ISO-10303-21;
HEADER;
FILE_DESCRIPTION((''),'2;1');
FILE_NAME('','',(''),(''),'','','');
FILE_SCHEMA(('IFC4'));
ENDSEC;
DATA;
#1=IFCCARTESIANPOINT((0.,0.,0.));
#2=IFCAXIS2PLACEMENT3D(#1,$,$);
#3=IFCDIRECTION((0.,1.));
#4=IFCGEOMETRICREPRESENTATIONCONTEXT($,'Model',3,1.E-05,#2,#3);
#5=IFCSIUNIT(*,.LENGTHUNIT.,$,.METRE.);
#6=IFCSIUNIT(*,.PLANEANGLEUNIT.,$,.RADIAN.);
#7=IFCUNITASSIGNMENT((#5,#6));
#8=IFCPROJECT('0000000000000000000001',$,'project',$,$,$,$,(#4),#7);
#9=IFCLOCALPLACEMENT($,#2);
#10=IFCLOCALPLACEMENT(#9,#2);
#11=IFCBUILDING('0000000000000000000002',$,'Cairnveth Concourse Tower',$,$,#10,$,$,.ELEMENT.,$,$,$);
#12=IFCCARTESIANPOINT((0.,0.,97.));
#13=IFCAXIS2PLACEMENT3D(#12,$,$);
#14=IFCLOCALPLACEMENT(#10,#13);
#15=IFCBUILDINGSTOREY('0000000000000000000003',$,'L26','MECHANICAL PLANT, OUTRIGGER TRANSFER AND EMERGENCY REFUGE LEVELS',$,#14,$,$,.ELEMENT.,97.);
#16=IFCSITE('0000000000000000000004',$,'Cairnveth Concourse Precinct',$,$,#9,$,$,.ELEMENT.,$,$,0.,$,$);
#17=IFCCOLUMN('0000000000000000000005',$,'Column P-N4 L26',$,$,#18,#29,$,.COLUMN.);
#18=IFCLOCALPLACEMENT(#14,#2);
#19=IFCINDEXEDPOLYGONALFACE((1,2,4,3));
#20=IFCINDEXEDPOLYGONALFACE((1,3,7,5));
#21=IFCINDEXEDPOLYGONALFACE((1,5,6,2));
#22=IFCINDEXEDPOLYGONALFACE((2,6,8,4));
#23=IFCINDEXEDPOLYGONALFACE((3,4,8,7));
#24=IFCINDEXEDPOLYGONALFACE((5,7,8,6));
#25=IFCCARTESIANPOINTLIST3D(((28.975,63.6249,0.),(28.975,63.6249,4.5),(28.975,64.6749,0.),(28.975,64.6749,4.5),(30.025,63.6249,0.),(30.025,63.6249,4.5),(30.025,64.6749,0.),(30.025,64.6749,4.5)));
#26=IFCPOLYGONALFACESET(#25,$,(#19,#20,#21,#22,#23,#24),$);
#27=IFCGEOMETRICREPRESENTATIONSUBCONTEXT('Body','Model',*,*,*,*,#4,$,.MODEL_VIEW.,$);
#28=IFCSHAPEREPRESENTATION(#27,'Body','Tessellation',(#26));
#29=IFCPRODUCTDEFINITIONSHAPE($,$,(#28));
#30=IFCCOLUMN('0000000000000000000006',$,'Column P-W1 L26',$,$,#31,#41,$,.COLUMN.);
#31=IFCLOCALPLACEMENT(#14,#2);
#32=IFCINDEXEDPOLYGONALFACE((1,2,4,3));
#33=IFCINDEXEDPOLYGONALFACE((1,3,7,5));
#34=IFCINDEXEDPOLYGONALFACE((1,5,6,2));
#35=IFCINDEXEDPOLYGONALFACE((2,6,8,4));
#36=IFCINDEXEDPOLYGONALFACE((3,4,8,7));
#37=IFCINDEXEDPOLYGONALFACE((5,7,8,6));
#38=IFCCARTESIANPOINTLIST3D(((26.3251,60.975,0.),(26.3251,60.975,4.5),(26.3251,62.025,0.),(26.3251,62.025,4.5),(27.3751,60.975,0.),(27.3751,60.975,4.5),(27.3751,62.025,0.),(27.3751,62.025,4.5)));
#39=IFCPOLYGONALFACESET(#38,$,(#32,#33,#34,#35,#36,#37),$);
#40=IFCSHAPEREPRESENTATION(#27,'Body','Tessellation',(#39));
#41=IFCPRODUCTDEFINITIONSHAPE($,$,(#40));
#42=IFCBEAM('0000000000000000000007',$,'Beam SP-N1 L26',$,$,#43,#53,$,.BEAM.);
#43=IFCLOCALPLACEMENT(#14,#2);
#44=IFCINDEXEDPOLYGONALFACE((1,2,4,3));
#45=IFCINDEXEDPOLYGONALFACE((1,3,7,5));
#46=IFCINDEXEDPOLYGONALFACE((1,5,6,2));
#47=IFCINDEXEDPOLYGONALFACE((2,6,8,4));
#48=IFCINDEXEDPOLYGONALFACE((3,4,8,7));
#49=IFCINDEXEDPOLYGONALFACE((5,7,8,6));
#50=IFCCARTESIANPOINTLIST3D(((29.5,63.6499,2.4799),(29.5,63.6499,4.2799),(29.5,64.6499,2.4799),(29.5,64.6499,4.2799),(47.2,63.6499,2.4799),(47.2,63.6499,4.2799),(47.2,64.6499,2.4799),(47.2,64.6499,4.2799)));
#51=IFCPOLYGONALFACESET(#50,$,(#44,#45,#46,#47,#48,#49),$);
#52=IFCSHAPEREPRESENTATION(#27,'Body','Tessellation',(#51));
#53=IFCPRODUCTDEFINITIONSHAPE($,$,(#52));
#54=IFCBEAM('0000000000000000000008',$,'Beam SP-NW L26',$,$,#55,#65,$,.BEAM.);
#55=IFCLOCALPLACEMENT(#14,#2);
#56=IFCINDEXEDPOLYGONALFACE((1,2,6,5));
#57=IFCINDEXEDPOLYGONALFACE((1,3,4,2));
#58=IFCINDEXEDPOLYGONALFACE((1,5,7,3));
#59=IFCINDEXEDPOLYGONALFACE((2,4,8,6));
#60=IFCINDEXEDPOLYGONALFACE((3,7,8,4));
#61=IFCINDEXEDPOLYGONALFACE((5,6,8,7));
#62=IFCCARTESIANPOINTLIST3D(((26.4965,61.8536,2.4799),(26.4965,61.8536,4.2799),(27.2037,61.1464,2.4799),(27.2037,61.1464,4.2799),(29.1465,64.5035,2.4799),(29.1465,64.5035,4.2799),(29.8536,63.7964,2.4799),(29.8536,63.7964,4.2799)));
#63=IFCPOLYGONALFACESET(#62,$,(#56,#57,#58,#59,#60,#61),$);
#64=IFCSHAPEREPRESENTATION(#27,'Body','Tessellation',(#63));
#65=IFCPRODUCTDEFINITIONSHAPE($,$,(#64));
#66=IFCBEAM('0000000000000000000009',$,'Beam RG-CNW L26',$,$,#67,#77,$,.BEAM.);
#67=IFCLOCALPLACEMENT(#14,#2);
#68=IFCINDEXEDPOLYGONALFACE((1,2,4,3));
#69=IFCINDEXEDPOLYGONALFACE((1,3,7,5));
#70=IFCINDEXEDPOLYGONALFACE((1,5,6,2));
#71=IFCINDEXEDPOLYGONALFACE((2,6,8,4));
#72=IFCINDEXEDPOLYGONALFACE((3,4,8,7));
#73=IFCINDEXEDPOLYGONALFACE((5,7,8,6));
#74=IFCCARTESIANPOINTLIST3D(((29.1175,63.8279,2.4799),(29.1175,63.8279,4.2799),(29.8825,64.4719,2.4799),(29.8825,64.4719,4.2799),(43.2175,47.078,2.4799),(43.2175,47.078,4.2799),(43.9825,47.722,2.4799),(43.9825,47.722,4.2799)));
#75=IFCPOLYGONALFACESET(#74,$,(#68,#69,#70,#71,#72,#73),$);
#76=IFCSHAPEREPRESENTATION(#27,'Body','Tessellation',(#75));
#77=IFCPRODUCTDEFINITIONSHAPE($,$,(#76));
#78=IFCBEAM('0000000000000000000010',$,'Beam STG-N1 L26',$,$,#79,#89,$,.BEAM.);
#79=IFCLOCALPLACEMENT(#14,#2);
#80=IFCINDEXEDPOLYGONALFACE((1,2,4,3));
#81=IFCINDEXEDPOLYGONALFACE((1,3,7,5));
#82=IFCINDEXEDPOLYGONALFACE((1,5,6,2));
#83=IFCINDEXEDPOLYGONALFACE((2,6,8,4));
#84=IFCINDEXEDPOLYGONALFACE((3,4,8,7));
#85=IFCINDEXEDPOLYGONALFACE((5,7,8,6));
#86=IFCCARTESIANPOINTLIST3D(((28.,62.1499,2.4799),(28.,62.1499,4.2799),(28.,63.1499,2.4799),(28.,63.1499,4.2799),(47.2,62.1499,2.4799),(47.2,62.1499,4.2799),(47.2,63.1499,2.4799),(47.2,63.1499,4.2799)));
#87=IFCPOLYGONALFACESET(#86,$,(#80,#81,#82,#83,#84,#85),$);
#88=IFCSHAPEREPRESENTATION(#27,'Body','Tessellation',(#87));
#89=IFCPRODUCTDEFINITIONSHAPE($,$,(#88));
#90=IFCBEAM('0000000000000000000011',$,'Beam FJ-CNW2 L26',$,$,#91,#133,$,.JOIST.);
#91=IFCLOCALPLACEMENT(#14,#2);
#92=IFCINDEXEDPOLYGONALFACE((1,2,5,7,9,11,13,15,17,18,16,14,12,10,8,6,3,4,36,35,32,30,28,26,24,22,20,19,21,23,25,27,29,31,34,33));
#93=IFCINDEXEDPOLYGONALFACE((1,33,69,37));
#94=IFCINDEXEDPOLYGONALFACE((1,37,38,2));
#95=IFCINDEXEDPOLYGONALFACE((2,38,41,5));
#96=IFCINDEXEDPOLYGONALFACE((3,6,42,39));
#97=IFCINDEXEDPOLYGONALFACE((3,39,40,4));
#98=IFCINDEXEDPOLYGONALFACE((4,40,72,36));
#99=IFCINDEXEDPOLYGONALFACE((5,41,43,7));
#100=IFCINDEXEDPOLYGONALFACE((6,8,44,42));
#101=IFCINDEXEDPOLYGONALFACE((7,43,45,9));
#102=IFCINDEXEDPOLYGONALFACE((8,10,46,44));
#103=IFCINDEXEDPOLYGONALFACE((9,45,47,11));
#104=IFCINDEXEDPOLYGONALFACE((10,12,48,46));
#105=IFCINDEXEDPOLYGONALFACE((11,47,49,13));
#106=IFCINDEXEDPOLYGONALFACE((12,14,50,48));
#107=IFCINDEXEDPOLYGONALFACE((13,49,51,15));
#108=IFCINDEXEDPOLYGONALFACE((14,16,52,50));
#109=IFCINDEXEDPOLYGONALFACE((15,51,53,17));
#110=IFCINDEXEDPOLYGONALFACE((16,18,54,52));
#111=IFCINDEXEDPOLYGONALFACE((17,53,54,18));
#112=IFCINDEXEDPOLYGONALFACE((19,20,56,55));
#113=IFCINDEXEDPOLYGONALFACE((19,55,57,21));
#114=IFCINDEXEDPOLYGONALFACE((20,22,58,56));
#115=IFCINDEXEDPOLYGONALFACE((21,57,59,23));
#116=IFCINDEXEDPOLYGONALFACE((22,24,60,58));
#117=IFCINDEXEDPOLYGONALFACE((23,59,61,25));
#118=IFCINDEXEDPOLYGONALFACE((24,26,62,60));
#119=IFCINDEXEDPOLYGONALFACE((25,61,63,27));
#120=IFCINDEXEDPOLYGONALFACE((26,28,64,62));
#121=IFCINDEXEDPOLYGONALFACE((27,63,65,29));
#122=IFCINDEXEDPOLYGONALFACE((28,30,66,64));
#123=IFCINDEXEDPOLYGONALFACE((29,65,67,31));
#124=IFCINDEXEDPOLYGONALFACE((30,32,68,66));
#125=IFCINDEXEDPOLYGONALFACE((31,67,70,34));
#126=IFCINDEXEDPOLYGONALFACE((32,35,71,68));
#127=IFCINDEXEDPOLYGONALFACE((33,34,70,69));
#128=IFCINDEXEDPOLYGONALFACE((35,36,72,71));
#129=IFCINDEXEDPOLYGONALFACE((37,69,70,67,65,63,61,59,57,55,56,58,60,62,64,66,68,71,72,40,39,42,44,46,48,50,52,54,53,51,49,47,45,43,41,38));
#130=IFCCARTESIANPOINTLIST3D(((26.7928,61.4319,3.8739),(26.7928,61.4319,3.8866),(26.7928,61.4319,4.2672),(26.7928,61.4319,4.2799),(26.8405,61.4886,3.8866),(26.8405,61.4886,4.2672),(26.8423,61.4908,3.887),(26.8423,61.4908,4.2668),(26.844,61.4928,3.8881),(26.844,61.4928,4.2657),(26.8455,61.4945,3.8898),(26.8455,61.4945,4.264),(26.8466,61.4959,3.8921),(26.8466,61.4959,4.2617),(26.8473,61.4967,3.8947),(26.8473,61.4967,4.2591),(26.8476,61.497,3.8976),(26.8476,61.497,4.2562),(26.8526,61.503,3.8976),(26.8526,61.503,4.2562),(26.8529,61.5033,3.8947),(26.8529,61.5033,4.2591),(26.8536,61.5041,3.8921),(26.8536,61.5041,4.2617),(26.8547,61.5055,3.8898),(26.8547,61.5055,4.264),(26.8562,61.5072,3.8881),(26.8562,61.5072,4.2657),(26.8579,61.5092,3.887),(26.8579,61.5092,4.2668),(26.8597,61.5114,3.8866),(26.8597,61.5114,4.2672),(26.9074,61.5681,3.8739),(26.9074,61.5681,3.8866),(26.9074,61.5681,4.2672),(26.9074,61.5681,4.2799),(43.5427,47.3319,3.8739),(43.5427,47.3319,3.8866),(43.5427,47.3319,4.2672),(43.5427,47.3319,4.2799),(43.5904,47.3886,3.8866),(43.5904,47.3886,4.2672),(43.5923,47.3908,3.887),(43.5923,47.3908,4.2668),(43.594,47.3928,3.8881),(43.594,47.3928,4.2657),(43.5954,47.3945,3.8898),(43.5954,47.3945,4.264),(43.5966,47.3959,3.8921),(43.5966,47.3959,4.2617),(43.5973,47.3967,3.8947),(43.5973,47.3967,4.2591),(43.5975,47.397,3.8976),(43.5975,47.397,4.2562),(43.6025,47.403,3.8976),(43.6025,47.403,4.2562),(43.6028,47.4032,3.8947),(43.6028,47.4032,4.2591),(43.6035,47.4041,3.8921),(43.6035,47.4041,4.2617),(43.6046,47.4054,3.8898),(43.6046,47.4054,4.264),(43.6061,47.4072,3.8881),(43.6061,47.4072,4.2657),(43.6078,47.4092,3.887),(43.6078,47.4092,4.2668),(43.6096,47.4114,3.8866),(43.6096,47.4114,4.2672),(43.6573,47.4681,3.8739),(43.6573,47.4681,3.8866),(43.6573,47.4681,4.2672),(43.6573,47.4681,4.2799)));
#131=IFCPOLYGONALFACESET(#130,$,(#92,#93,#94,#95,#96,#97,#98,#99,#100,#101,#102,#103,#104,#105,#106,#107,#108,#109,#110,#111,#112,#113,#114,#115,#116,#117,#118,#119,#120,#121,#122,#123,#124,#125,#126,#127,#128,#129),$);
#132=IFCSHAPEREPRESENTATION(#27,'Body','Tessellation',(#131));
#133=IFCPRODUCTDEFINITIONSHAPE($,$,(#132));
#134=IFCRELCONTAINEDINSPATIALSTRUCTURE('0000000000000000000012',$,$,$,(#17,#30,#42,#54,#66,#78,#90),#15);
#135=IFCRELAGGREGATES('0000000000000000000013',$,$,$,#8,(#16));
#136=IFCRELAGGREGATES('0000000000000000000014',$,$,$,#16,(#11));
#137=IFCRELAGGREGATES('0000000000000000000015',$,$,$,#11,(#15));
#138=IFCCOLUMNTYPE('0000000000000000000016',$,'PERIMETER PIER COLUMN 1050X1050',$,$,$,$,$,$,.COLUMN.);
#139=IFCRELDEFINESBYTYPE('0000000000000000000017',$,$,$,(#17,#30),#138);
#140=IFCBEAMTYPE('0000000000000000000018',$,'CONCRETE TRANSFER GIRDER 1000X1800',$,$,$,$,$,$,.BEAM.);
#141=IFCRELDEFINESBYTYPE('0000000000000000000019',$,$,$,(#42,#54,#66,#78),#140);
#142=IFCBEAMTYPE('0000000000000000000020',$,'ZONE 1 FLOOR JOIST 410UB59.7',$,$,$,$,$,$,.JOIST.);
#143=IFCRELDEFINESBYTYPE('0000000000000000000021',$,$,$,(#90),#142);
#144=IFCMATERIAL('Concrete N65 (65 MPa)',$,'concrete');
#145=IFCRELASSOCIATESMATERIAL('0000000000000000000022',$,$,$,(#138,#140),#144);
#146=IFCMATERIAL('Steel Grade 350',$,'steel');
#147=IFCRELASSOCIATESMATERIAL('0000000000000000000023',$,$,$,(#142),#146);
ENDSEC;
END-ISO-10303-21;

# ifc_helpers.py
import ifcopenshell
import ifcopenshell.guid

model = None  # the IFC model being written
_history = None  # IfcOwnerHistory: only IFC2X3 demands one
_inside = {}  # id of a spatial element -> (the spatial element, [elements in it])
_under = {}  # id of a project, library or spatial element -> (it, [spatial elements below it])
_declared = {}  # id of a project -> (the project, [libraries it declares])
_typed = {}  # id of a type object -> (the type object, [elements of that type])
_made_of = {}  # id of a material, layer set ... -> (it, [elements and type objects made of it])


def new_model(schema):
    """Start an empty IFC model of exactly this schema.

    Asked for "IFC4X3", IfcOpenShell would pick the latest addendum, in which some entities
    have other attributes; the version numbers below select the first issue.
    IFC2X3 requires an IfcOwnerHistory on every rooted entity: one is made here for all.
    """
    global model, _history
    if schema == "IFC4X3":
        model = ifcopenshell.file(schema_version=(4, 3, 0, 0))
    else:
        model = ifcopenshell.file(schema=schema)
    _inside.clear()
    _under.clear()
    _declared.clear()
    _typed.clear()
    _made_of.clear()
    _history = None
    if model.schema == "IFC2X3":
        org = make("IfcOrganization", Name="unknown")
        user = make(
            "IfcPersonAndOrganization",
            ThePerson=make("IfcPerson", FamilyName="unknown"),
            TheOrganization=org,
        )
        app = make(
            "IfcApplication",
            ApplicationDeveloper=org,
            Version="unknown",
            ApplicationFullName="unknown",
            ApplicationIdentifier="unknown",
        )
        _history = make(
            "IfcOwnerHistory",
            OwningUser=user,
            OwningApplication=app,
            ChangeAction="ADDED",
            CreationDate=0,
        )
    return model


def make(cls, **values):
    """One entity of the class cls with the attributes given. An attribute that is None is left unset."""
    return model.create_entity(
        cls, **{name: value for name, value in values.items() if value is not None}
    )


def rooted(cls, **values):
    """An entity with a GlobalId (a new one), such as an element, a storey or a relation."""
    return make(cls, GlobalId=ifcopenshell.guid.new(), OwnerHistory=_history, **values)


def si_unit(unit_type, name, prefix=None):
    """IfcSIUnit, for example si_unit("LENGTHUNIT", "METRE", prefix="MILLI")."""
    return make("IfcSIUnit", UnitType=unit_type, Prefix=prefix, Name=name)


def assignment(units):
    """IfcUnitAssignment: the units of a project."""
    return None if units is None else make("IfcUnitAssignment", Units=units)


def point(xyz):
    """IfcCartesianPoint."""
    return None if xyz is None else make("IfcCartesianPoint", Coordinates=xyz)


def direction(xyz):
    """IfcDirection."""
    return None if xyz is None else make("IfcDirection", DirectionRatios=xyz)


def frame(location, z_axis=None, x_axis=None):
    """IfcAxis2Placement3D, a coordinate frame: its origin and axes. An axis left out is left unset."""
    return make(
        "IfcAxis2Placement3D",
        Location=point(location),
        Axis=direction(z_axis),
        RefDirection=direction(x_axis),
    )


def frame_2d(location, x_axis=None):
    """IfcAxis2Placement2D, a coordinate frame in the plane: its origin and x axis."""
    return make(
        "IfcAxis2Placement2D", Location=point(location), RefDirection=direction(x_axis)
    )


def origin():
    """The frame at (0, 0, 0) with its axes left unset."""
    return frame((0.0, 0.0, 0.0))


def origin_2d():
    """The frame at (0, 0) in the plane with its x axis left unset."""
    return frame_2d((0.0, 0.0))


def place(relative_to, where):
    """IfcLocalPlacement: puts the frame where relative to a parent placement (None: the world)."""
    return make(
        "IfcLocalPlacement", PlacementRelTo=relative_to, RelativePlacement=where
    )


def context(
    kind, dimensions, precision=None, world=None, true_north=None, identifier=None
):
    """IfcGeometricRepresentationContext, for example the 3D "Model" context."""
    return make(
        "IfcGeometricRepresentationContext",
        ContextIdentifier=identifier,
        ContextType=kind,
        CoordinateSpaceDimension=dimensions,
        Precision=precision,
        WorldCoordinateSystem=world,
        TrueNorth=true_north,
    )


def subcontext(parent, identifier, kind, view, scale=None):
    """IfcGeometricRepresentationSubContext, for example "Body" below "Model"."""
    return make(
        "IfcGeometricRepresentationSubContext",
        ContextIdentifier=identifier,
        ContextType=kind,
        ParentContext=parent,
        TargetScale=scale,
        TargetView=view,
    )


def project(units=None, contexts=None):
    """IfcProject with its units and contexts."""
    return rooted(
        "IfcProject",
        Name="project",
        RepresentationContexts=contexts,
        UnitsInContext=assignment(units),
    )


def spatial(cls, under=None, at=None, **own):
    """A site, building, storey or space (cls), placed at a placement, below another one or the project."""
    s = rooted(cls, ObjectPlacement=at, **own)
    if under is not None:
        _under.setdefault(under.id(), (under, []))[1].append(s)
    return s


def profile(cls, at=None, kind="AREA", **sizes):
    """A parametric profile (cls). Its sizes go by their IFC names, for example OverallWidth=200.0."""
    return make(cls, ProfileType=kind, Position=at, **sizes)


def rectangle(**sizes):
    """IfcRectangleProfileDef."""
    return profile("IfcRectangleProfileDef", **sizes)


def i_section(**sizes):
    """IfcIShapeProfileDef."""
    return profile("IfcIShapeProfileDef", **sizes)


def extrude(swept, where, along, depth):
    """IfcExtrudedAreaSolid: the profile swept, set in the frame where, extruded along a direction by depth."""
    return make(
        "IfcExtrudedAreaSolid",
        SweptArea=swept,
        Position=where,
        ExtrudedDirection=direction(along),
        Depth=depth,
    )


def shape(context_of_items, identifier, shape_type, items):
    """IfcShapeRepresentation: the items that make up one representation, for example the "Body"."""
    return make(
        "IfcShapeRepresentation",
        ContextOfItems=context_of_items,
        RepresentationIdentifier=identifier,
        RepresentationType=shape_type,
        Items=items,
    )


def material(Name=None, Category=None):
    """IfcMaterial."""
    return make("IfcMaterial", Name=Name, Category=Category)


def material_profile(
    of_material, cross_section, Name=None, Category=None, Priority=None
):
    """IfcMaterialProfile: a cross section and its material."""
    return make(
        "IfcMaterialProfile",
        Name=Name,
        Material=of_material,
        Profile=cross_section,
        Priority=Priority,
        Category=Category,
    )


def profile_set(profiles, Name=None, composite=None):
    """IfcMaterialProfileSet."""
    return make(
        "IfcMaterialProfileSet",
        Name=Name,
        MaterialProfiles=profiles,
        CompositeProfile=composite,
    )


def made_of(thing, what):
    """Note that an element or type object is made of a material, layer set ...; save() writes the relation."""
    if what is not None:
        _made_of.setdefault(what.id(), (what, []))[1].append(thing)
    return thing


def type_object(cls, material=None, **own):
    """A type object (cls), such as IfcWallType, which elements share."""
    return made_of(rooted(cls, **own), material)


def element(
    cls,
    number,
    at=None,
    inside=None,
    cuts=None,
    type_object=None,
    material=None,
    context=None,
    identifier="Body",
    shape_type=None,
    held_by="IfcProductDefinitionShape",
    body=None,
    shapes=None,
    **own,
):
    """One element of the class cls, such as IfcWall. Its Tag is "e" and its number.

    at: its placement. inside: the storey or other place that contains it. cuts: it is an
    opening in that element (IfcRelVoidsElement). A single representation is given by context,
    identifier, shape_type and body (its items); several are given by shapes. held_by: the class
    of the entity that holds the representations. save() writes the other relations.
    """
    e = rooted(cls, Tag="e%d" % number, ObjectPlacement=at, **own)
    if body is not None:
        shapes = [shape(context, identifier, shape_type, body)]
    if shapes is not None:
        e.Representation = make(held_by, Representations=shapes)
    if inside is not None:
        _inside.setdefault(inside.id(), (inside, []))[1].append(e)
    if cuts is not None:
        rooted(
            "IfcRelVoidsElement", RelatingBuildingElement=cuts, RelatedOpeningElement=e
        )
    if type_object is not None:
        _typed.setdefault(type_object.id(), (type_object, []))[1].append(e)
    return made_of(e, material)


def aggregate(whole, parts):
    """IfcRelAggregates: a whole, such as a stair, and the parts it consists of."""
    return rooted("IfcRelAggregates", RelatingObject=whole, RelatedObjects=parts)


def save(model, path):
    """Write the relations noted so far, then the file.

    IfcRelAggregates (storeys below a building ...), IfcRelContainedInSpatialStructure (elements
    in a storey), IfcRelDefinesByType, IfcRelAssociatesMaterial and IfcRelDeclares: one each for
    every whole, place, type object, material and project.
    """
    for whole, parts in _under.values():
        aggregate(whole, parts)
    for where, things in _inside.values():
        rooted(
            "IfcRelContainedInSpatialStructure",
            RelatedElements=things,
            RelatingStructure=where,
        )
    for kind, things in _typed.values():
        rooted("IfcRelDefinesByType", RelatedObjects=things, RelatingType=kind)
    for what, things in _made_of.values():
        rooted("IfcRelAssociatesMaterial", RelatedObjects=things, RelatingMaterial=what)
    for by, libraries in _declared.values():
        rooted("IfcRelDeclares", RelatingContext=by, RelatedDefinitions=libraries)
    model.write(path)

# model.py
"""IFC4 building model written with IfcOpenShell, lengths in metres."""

from ifc_helpers import new_model, si_unit, direction, frame, origin, origin_2d, place, context, subcontext, project, spatial, rectangle, i_section, extrude, material, material_profile, profile_set, type_object, element, save


model = new_model("IFC4")

# Units and contexts
model_context = context("Model", 3, precision=1e-05, world=origin(), true_north=direction((0.0, 1.0)))
body_context = subcontext(model_context, "Body", "Model", "MODEL_VIEW")
ifc_project = project(units=[si_unit("LENGTHUNIT", "METRE"), si_unit("PLANEANGLEUNIT", "RADIAN")], contexts=[model_context])

# Site, building, storey
site_placement = place(None, origin())
site = spatial("IfcSite", under=ifc_project, at=site_placement, Name="Cairnveth Concourse Precinct", CompositionType="ELEMENT", RefElevation=0.0)
building_placement = place(site_placement, origin())
building = spatial("IfcBuilding", under=site, at=building_placement, Name="Cairnveth Concourse Tower", CompositionType="ELEMENT")
storey_placement = place(building_placement, frame((0.0, 0.0, 97.0)))
storey = spatial("IfcBuildingStorey", under=building, at=storey_placement, Name="L26", Description="MECHANICAL PLANT, OUTRIGGER TRANSFER AND EMERGENCY REFUGE LEVELS", CompositionType="ELEMENT", Elevation=97.0)

# Columns
ifc_material_1 = material(Name="Concrete N65 (65 MPa)", Category="concrete")
ifc_material_profile_1 = material_profile(ifc_material_1, rectangle(XDim=1.05, YDim=1.05, at=origin_2d()), Name="RC-COL-1050x1050")
ifc_profile_set_1 = profile_set([ifc_material_profile_1], Name="Concrete N65 (65 MPa)")
column_type = type_object("IfcColumnType", Name="PERIMETER PIER COLUMN 1050X1050", PredefinedType="COLUMN", material=ifc_profile_set_1)
for number, where, z_axis, x_axis, name in (
    (1, (29.5, 64.1499, 0.0), (0.0, 0.0, 1.0), (1.0, 0.0, 0.0), "Column P-N4 L26"),
    (2, (26.8501, 61.5, 0.0), (0.0, 0.0, 1.0), (0.0, 1.0, 0.0), "Column P-W1 L26"),
):
    element("IfcColumn", number, at=place(storey_placement, frame(where, z_axis=z_axis, x_axis=x_axis)), inside=storey, type_object=column_type, Name=name, PredefinedType="COLUMN", context=body_context, shape_type="SweptSolid", body=[
        extrude(rectangle(XDim=1.05, YDim=1.05, at=origin_2d()), origin(), (0.0, 0.0, 1.0), 4.5),
    ])

# Beams
ifc_material_profile_2 = material_profile(ifc_material_1, rectangle(XDim=1.0, YDim=1.8, at=origin_2d()), Name="RC-TB-1000x1800")
ifc_profile_set_2 = profile_set([ifc_material_profile_2], Name="Concrete N65 (65 MPa)")
beam_type_1 = type_object("IfcBeamType", Name="CONCRETE TRANSFER GIRDER 1000X1800", PredefinedType="BEAM", material=ifc_profile_set_2)
beam_1_placement = place(storey_placement, frame((29.5, 64.1499, 3.3799), z_axis=(1.0, 0.0, 0.0), x_axis=(0.0, 1.0, 0.0)))
element("IfcBeam", 3, at=beam_1_placement, inside=storey, type_object=beam_type_1, Name="Beam SP-N1 L26", PredefinedType="BEAM", context=body_context, shape_type="SweptSolid", body=[
    extrude(rectangle(XDim=1.0, YDim=1.8, at=origin_2d()), origin(), (0.0, 0.0, 1.0), 17.7),
])
beam_2_placement = place(storey_placement, frame((26.8501, 61.5, 3.3799), z_axis=(0.707107, 0.707107, 0.0), x_axis=(-0.707107, 0.707107, 0.0)))
element("IfcBeam", 4, at=beam_2_placement, inside=storey, type_object=beam_type_1, Name="Beam SP-NW L26", PredefinedType="BEAM", context=body_context, shape_type="SweptSolid", body=[
    extrude(rectangle(XDim=1.0, YDim=1.8, at=origin_2d()), origin(), (0.0, 0.0, 1.0), 3.7476),
])
beam_3_placement = place(storey_placement, frame((29.5, 64.1499, 3.3799), z_axis=(0.643998, -0.765027, 0.0), x_axis=(0.765027, 0.643998, 0.0)))
element("IfcBeam", 5, at=beam_3_placement, inside=storey, type_object=beam_type_1, Name="Beam RG-CNW L26", PredefinedType="BEAM", context=body_context, shape_type="SweptSolid", body=[
    extrude(rectangle(XDim=1.0, YDim=1.8, at=origin_2d()), origin(), (0.0, 0.0, 1.0), 21.8945),
])
beam_4_placement = place(storey_placement, frame((28.0, 62.6499, 3.3799), z_axis=(1.0, 0.0, 0.0), x_axis=(0.0, 1.0, 0.0)))
element("IfcBeam", 6, at=beam_4_placement, inside=storey, type_object=beam_type_1, Name="Beam STG-N1 L26", PredefinedType="BEAM", context=body_context, shape_type="SweptSolid", body=[
    extrude(rectangle(XDim=1.0, YDim=1.8, at=origin_2d()), origin(), (0.0, 0.0, 1.0), 19.2),
])
ifc_material_2 = material(Name="Steel Grade 350", Category="steel")
ifc_material_profile_3 = material_profile(ifc_material_2, i_section(OverallWidth=0.178, OverallDepth=0.406, WebThickness=0.0078, FlangeThickness=0.0127, FilletRadius=0.011, at=origin_2d()), Name="410UB59.7")
ifc_profile_set_3 = profile_set([ifc_material_profile_3], Name="Steel Grade 350")
beam_type_2 = type_object("IfcBeamType", Name="ZONE 1 FLOOR JOIST 410UB59.7", PredefinedType="JOIST", material=ifc_profile_set_3)
beam_5_placement = place(storey_placement, frame((26.8501, 61.5, 4.0769), z_axis=(0.765027, -0.643998, 0.0), x_axis=(0.643998, 0.765027, 0.0)))
element("IfcBeam", 7, at=beam_5_placement, inside=storey, type_object=beam_type_2, Name="Beam FJ-CNW2 L26", PredefinedType="JOIST", context=body_context, shape_type="SweptSolid", body=[
    extrude(i_section(OverallWidth=0.178, OverallDepth=0.406, WebThickness=0.0078, FlangeThickness=0.0127, FilletRadius=0.011, at=origin_2d()), origin(), (0.0, 0.0, 1.0), 21.8945),
])

save(model, "model.ifc")
